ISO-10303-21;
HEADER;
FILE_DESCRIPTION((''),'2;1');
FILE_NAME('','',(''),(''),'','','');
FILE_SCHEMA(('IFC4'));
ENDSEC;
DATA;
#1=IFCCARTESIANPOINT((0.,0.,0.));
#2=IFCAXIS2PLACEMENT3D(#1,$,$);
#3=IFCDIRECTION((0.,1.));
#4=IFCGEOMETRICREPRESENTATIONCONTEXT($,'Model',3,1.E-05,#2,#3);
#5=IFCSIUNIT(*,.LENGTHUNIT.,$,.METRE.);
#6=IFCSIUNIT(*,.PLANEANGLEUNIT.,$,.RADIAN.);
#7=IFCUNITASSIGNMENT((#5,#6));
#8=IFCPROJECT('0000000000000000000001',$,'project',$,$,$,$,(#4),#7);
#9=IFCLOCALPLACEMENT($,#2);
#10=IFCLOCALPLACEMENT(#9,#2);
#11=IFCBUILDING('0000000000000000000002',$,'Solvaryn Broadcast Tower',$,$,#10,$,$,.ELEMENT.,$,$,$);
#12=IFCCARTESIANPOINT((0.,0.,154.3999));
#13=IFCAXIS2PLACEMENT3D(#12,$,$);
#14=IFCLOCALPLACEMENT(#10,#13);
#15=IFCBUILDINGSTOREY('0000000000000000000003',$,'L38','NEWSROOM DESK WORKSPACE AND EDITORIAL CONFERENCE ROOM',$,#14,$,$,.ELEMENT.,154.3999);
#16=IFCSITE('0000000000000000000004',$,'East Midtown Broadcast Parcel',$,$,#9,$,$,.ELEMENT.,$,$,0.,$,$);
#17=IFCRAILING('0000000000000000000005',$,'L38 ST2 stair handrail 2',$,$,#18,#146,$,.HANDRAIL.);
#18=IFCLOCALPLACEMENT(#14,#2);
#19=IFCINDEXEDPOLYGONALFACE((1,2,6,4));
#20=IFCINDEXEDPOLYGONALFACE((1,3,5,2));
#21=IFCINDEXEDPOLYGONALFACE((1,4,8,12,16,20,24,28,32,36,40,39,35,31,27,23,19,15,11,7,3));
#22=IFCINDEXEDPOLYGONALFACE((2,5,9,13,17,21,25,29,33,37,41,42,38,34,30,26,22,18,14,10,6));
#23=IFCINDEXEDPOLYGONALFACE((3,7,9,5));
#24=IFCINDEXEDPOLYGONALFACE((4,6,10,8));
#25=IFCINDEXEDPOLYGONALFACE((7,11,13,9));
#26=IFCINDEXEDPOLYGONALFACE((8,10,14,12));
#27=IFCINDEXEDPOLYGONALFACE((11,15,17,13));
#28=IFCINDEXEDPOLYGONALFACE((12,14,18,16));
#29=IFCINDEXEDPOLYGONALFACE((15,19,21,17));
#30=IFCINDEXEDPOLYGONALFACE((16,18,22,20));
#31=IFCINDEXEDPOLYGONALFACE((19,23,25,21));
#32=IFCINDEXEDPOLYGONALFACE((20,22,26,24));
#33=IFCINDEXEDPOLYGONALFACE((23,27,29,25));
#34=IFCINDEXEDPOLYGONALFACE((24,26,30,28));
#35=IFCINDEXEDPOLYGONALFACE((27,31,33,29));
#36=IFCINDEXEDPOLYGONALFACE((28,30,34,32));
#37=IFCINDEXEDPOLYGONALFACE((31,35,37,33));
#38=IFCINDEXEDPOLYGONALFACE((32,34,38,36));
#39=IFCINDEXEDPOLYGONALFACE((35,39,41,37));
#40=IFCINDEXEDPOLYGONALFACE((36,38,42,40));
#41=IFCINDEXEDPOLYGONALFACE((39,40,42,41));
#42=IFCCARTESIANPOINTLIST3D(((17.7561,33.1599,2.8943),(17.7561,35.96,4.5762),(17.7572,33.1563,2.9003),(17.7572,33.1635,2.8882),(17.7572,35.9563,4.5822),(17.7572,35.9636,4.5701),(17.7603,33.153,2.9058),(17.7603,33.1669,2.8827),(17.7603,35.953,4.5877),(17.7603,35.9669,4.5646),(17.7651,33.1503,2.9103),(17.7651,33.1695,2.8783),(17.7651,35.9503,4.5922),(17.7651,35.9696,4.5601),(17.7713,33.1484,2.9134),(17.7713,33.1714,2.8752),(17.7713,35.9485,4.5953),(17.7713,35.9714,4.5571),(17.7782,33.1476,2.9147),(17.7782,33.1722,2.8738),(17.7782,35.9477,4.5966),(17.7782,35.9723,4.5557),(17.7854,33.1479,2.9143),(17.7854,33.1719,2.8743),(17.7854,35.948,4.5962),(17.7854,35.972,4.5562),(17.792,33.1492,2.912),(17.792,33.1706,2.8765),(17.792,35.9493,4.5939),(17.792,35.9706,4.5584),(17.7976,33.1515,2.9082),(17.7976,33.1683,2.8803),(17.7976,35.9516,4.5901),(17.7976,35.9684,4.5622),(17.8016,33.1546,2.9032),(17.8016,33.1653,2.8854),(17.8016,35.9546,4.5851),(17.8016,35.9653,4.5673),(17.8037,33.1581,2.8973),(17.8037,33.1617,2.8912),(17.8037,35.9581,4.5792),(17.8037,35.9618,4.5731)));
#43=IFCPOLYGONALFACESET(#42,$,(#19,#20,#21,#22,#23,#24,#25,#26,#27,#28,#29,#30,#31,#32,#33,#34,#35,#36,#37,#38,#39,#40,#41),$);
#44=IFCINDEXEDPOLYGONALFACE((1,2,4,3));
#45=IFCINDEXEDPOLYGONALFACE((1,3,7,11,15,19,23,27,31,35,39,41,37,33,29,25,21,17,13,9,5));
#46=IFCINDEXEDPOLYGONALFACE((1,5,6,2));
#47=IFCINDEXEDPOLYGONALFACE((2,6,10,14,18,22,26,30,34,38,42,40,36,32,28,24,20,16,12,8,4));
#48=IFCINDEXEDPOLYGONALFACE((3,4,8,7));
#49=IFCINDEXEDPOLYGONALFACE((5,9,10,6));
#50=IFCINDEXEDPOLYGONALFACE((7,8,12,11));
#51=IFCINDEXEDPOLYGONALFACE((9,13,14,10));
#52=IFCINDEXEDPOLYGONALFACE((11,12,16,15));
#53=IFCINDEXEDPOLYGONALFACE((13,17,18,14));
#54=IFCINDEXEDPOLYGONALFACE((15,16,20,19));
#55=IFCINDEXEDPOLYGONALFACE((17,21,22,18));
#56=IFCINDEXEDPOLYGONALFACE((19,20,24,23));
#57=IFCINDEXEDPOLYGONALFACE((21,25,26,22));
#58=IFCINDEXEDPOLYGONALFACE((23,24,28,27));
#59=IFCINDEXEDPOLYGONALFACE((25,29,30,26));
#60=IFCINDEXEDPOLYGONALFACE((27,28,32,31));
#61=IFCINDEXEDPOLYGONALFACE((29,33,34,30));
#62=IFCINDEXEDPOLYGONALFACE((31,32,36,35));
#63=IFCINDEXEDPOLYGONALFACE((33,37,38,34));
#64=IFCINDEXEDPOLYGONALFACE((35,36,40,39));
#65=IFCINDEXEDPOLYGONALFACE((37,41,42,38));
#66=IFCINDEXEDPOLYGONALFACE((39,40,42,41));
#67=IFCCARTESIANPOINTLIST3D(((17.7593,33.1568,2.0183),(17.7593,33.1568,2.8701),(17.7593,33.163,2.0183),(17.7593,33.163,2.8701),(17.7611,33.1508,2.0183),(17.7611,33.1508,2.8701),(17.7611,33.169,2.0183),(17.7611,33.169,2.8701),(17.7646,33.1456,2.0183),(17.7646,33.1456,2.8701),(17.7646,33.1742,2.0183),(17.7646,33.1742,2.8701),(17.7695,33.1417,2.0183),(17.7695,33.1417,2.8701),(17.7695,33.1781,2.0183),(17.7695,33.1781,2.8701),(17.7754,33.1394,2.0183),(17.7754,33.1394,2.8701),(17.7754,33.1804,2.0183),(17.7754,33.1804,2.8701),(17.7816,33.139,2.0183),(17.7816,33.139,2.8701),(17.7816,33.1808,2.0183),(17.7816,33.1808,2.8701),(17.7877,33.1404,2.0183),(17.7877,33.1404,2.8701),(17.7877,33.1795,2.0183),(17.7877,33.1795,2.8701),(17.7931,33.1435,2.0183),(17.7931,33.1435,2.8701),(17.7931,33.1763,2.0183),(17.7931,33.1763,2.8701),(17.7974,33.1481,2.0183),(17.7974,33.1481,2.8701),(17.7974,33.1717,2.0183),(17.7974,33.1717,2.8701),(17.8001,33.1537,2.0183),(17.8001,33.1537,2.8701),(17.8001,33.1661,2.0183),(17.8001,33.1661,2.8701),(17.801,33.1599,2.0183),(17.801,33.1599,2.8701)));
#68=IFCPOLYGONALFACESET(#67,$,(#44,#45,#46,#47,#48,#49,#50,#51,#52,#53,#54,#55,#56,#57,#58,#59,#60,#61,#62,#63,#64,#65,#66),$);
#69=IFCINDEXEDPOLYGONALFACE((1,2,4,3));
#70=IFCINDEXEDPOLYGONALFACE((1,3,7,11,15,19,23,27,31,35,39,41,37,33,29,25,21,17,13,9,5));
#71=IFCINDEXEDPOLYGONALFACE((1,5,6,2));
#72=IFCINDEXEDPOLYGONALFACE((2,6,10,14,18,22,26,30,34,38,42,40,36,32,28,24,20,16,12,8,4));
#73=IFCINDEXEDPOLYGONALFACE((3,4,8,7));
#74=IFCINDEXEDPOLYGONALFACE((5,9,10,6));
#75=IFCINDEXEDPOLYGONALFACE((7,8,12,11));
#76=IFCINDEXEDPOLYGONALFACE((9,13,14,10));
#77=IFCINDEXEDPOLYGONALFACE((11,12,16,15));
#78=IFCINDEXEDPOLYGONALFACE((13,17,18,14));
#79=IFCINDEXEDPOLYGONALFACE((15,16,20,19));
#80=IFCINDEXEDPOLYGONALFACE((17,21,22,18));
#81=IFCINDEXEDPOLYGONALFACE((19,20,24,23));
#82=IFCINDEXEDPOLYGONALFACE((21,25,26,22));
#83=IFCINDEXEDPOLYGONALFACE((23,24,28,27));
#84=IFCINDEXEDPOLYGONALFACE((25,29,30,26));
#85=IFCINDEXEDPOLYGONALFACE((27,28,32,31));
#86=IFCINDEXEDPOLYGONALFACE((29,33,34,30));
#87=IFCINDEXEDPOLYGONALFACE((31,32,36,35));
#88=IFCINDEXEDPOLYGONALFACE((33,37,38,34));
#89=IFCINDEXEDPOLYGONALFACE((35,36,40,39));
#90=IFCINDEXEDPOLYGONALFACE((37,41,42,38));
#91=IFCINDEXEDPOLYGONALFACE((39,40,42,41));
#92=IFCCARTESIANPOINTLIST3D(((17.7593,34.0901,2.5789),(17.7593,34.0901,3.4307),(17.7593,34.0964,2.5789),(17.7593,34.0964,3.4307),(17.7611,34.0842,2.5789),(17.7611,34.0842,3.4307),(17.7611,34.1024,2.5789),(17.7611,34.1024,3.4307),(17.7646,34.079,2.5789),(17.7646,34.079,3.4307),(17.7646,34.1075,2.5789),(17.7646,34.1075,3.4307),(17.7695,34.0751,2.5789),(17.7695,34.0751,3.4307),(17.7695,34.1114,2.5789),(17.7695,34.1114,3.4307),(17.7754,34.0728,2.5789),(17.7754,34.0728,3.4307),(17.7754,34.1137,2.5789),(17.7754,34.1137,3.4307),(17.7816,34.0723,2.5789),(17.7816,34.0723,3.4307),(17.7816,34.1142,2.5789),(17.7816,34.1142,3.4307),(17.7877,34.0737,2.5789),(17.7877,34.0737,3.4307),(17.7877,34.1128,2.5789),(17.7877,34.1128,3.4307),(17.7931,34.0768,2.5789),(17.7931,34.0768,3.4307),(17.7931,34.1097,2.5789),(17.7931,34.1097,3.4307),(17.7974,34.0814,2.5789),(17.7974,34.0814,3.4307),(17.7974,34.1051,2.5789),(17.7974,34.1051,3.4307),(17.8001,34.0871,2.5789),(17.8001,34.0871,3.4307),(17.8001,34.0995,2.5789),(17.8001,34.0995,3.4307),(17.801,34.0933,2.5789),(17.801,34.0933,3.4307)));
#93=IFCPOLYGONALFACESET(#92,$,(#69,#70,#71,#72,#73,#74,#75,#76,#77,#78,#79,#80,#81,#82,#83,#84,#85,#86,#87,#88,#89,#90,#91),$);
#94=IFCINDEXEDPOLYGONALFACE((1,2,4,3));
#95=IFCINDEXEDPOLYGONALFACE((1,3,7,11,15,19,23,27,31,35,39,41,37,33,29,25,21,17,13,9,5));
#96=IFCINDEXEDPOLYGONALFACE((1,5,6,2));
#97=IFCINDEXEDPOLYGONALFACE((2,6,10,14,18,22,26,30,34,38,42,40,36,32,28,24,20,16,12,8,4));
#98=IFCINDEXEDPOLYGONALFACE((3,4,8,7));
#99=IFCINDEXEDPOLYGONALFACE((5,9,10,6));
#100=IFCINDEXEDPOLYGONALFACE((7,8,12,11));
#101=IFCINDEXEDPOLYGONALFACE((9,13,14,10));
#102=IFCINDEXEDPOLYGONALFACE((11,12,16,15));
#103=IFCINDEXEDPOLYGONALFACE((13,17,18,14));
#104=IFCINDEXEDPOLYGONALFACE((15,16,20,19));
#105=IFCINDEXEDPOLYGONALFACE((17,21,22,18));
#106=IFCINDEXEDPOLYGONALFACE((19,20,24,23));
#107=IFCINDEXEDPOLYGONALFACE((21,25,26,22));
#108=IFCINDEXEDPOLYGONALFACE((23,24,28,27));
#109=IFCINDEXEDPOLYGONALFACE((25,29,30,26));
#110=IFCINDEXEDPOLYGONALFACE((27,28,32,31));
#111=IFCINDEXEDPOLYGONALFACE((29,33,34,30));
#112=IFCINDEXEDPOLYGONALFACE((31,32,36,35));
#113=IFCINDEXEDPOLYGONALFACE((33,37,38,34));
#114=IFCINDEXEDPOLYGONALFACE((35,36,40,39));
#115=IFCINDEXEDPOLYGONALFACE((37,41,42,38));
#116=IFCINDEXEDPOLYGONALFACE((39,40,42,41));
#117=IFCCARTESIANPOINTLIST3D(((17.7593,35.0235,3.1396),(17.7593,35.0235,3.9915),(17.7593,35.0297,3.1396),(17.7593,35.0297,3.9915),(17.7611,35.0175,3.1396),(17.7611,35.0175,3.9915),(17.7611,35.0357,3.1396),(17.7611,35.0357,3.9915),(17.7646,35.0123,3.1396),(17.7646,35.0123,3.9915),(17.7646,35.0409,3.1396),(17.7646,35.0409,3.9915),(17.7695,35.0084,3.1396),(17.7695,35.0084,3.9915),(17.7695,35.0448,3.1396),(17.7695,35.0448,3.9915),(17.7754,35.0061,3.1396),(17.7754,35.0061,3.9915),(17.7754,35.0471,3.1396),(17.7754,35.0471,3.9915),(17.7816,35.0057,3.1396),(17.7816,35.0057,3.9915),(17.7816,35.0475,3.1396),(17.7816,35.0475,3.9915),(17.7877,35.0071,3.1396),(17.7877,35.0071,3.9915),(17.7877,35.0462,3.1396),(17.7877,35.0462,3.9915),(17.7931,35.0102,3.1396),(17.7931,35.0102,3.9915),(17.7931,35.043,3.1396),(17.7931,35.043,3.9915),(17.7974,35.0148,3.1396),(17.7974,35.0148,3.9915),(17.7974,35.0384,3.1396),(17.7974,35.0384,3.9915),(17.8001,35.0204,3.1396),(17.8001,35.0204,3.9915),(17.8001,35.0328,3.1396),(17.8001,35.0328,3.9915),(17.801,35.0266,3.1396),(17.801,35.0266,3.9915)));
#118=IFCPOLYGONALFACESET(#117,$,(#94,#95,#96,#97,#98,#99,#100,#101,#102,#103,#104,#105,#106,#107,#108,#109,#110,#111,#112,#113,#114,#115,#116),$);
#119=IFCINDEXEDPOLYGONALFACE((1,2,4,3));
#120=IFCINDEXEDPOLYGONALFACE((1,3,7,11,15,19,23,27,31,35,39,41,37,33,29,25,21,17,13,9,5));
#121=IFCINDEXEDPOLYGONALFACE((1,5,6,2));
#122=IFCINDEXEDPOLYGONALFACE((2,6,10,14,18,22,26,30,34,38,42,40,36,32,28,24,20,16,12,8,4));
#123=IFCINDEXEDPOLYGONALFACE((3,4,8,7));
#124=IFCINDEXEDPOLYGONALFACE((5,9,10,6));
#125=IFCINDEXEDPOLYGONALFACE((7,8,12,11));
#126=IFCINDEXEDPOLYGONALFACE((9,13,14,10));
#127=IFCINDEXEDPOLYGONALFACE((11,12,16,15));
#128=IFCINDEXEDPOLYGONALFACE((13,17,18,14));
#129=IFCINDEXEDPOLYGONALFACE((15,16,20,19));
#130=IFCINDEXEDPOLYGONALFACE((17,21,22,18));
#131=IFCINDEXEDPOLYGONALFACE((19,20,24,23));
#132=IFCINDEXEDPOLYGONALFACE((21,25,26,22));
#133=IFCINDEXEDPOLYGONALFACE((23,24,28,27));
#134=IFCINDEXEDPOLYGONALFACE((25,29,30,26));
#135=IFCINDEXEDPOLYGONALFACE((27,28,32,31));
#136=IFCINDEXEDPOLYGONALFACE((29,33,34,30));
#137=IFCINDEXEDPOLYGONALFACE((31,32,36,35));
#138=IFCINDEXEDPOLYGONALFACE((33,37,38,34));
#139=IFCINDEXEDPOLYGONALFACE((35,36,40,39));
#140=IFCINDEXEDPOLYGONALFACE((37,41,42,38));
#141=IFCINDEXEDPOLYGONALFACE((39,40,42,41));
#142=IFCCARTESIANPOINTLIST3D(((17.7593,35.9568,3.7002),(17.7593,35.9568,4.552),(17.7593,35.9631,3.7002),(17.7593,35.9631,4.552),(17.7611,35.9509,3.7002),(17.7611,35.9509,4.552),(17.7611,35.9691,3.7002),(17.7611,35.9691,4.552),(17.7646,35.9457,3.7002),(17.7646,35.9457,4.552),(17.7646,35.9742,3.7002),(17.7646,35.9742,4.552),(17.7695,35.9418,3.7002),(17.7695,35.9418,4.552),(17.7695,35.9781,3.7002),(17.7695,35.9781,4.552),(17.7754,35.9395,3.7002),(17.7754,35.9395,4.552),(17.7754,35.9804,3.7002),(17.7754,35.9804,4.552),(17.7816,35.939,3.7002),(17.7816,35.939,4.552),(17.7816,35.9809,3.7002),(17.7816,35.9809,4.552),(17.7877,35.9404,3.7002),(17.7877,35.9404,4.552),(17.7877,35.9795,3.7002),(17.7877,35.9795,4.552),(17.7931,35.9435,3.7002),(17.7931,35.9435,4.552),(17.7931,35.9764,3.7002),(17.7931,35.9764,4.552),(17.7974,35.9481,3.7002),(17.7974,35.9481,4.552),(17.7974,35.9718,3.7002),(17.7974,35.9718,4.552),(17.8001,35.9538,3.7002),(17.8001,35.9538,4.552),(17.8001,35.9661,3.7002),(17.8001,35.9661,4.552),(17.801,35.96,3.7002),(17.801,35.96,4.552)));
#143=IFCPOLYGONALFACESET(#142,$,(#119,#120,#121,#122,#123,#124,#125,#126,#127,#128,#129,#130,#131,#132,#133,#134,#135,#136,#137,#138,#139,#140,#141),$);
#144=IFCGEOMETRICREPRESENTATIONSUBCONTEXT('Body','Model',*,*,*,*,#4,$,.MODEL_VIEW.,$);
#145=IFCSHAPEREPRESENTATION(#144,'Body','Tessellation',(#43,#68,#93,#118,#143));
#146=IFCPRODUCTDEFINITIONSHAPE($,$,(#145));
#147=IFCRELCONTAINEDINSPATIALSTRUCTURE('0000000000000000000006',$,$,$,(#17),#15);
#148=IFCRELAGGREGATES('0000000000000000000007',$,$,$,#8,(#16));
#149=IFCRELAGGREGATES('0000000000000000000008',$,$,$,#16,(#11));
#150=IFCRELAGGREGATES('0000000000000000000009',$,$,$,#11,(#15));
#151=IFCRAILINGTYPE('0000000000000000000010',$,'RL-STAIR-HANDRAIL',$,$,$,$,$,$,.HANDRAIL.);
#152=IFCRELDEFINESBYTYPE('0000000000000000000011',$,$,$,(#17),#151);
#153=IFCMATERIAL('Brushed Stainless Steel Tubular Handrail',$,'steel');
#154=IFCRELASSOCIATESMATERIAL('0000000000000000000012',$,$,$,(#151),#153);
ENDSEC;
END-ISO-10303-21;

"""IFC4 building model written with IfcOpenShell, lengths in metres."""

from ifc_helpers import new_model, si_unit, direction, frame, origin, origin_2d, place, context, subcontext, project, spatial, circle, extrude, material, type_object, element, save


model = new_model("IFC4")

# Units and contexts
model_context = context("Model", 3, precision=1e-05, world=origin(), true_north=direction((0.0, 1.0)))
body_context = subcontext(model_context, "Body", "Model", "MODEL_VIEW")
ifc_project = project(units=[si_unit("LENGTHUNIT", "METRE"), si_unit("PLANEANGLEUNIT", "RADIAN")], contexts=[model_context])

# Site, building, storey
site_placement = place(None, origin())
site = spatial("IfcSite", under=ifc_project, at=site_placement, Name="East Midtown Broadcast Parcel", CompositionType="ELEMENT", RefElevation=0.0)
building_placement = place(site_placement, origin())
building = spatial("IfcBuilding", under=site, at=building_placement, Name="Solvaryn Broadcast Tower", CompositionType="ELEMENT")
storey_placement = place(building_placement, frame((0.0, 0.0, 154.3999)))
storey = spatial("IfcBuildingStorey", under=building, at=storey_placement, Name="L38", Description="NEWSROOM DESK WORKSPACE AND EDITORIAL CONFERENCE ROOM", CompositionType="ELEMENT", Elevation=154.3999)

# Railing
ifc_material_1 = material(Name="Brushed Stainless Steel Tubular Handrail", Category="steel")
railing_type_1 = type_object("IfcRailingType", Name="RL-STAIR-HANDRAIL", PredefinedType="HANDRAIL", material=ifc_material_1)
railing_1_placement = place(storey_placement, frame((17.78, 33.1599, 2.0183)))
element("IfcRailing", 1, at=railing_1_placement, inside=storey, type_object=railing_type_1, Name="L38 ST2 stair handrail 2", PredefinedType="HANDRAIL", context=body_context, shape_type="SweptSolid", body=[
    extrude(circle(Radius=0.0239, at=origin_2d()), frame((0.0, 0.0, 0.876), z_axis=(0.0, 0.857242, 0.514913), x_axis=(-1.0, 0.0, 0.0)), (0.0, 0.0, 1.0), 3.2664),
    extrude(circle(Radius=0.021, at=origin_2d()), origin(), (0.0, 0.0, 1.0), 0.8518),
    extrude(circle(Radius=0.021, at=origin_2d()), frame((0.0, 0.9333, 0.5605)), (0.0, 0.0, 1.0), 0.8518),
    extrude(circle(Radius=0.021, at=origin_2d()), frame((0.0, 1.8667, 1.1213)), (0.0, 0.0, 1.0), 0.8518),
    extrude(circle(Radius=0.021, at=origin_2d()), frame((0.0, 2.8, 1.6819)), (0.0, 0.0, 1.0), 0.8518),
])

save(model, "model.ifc")
